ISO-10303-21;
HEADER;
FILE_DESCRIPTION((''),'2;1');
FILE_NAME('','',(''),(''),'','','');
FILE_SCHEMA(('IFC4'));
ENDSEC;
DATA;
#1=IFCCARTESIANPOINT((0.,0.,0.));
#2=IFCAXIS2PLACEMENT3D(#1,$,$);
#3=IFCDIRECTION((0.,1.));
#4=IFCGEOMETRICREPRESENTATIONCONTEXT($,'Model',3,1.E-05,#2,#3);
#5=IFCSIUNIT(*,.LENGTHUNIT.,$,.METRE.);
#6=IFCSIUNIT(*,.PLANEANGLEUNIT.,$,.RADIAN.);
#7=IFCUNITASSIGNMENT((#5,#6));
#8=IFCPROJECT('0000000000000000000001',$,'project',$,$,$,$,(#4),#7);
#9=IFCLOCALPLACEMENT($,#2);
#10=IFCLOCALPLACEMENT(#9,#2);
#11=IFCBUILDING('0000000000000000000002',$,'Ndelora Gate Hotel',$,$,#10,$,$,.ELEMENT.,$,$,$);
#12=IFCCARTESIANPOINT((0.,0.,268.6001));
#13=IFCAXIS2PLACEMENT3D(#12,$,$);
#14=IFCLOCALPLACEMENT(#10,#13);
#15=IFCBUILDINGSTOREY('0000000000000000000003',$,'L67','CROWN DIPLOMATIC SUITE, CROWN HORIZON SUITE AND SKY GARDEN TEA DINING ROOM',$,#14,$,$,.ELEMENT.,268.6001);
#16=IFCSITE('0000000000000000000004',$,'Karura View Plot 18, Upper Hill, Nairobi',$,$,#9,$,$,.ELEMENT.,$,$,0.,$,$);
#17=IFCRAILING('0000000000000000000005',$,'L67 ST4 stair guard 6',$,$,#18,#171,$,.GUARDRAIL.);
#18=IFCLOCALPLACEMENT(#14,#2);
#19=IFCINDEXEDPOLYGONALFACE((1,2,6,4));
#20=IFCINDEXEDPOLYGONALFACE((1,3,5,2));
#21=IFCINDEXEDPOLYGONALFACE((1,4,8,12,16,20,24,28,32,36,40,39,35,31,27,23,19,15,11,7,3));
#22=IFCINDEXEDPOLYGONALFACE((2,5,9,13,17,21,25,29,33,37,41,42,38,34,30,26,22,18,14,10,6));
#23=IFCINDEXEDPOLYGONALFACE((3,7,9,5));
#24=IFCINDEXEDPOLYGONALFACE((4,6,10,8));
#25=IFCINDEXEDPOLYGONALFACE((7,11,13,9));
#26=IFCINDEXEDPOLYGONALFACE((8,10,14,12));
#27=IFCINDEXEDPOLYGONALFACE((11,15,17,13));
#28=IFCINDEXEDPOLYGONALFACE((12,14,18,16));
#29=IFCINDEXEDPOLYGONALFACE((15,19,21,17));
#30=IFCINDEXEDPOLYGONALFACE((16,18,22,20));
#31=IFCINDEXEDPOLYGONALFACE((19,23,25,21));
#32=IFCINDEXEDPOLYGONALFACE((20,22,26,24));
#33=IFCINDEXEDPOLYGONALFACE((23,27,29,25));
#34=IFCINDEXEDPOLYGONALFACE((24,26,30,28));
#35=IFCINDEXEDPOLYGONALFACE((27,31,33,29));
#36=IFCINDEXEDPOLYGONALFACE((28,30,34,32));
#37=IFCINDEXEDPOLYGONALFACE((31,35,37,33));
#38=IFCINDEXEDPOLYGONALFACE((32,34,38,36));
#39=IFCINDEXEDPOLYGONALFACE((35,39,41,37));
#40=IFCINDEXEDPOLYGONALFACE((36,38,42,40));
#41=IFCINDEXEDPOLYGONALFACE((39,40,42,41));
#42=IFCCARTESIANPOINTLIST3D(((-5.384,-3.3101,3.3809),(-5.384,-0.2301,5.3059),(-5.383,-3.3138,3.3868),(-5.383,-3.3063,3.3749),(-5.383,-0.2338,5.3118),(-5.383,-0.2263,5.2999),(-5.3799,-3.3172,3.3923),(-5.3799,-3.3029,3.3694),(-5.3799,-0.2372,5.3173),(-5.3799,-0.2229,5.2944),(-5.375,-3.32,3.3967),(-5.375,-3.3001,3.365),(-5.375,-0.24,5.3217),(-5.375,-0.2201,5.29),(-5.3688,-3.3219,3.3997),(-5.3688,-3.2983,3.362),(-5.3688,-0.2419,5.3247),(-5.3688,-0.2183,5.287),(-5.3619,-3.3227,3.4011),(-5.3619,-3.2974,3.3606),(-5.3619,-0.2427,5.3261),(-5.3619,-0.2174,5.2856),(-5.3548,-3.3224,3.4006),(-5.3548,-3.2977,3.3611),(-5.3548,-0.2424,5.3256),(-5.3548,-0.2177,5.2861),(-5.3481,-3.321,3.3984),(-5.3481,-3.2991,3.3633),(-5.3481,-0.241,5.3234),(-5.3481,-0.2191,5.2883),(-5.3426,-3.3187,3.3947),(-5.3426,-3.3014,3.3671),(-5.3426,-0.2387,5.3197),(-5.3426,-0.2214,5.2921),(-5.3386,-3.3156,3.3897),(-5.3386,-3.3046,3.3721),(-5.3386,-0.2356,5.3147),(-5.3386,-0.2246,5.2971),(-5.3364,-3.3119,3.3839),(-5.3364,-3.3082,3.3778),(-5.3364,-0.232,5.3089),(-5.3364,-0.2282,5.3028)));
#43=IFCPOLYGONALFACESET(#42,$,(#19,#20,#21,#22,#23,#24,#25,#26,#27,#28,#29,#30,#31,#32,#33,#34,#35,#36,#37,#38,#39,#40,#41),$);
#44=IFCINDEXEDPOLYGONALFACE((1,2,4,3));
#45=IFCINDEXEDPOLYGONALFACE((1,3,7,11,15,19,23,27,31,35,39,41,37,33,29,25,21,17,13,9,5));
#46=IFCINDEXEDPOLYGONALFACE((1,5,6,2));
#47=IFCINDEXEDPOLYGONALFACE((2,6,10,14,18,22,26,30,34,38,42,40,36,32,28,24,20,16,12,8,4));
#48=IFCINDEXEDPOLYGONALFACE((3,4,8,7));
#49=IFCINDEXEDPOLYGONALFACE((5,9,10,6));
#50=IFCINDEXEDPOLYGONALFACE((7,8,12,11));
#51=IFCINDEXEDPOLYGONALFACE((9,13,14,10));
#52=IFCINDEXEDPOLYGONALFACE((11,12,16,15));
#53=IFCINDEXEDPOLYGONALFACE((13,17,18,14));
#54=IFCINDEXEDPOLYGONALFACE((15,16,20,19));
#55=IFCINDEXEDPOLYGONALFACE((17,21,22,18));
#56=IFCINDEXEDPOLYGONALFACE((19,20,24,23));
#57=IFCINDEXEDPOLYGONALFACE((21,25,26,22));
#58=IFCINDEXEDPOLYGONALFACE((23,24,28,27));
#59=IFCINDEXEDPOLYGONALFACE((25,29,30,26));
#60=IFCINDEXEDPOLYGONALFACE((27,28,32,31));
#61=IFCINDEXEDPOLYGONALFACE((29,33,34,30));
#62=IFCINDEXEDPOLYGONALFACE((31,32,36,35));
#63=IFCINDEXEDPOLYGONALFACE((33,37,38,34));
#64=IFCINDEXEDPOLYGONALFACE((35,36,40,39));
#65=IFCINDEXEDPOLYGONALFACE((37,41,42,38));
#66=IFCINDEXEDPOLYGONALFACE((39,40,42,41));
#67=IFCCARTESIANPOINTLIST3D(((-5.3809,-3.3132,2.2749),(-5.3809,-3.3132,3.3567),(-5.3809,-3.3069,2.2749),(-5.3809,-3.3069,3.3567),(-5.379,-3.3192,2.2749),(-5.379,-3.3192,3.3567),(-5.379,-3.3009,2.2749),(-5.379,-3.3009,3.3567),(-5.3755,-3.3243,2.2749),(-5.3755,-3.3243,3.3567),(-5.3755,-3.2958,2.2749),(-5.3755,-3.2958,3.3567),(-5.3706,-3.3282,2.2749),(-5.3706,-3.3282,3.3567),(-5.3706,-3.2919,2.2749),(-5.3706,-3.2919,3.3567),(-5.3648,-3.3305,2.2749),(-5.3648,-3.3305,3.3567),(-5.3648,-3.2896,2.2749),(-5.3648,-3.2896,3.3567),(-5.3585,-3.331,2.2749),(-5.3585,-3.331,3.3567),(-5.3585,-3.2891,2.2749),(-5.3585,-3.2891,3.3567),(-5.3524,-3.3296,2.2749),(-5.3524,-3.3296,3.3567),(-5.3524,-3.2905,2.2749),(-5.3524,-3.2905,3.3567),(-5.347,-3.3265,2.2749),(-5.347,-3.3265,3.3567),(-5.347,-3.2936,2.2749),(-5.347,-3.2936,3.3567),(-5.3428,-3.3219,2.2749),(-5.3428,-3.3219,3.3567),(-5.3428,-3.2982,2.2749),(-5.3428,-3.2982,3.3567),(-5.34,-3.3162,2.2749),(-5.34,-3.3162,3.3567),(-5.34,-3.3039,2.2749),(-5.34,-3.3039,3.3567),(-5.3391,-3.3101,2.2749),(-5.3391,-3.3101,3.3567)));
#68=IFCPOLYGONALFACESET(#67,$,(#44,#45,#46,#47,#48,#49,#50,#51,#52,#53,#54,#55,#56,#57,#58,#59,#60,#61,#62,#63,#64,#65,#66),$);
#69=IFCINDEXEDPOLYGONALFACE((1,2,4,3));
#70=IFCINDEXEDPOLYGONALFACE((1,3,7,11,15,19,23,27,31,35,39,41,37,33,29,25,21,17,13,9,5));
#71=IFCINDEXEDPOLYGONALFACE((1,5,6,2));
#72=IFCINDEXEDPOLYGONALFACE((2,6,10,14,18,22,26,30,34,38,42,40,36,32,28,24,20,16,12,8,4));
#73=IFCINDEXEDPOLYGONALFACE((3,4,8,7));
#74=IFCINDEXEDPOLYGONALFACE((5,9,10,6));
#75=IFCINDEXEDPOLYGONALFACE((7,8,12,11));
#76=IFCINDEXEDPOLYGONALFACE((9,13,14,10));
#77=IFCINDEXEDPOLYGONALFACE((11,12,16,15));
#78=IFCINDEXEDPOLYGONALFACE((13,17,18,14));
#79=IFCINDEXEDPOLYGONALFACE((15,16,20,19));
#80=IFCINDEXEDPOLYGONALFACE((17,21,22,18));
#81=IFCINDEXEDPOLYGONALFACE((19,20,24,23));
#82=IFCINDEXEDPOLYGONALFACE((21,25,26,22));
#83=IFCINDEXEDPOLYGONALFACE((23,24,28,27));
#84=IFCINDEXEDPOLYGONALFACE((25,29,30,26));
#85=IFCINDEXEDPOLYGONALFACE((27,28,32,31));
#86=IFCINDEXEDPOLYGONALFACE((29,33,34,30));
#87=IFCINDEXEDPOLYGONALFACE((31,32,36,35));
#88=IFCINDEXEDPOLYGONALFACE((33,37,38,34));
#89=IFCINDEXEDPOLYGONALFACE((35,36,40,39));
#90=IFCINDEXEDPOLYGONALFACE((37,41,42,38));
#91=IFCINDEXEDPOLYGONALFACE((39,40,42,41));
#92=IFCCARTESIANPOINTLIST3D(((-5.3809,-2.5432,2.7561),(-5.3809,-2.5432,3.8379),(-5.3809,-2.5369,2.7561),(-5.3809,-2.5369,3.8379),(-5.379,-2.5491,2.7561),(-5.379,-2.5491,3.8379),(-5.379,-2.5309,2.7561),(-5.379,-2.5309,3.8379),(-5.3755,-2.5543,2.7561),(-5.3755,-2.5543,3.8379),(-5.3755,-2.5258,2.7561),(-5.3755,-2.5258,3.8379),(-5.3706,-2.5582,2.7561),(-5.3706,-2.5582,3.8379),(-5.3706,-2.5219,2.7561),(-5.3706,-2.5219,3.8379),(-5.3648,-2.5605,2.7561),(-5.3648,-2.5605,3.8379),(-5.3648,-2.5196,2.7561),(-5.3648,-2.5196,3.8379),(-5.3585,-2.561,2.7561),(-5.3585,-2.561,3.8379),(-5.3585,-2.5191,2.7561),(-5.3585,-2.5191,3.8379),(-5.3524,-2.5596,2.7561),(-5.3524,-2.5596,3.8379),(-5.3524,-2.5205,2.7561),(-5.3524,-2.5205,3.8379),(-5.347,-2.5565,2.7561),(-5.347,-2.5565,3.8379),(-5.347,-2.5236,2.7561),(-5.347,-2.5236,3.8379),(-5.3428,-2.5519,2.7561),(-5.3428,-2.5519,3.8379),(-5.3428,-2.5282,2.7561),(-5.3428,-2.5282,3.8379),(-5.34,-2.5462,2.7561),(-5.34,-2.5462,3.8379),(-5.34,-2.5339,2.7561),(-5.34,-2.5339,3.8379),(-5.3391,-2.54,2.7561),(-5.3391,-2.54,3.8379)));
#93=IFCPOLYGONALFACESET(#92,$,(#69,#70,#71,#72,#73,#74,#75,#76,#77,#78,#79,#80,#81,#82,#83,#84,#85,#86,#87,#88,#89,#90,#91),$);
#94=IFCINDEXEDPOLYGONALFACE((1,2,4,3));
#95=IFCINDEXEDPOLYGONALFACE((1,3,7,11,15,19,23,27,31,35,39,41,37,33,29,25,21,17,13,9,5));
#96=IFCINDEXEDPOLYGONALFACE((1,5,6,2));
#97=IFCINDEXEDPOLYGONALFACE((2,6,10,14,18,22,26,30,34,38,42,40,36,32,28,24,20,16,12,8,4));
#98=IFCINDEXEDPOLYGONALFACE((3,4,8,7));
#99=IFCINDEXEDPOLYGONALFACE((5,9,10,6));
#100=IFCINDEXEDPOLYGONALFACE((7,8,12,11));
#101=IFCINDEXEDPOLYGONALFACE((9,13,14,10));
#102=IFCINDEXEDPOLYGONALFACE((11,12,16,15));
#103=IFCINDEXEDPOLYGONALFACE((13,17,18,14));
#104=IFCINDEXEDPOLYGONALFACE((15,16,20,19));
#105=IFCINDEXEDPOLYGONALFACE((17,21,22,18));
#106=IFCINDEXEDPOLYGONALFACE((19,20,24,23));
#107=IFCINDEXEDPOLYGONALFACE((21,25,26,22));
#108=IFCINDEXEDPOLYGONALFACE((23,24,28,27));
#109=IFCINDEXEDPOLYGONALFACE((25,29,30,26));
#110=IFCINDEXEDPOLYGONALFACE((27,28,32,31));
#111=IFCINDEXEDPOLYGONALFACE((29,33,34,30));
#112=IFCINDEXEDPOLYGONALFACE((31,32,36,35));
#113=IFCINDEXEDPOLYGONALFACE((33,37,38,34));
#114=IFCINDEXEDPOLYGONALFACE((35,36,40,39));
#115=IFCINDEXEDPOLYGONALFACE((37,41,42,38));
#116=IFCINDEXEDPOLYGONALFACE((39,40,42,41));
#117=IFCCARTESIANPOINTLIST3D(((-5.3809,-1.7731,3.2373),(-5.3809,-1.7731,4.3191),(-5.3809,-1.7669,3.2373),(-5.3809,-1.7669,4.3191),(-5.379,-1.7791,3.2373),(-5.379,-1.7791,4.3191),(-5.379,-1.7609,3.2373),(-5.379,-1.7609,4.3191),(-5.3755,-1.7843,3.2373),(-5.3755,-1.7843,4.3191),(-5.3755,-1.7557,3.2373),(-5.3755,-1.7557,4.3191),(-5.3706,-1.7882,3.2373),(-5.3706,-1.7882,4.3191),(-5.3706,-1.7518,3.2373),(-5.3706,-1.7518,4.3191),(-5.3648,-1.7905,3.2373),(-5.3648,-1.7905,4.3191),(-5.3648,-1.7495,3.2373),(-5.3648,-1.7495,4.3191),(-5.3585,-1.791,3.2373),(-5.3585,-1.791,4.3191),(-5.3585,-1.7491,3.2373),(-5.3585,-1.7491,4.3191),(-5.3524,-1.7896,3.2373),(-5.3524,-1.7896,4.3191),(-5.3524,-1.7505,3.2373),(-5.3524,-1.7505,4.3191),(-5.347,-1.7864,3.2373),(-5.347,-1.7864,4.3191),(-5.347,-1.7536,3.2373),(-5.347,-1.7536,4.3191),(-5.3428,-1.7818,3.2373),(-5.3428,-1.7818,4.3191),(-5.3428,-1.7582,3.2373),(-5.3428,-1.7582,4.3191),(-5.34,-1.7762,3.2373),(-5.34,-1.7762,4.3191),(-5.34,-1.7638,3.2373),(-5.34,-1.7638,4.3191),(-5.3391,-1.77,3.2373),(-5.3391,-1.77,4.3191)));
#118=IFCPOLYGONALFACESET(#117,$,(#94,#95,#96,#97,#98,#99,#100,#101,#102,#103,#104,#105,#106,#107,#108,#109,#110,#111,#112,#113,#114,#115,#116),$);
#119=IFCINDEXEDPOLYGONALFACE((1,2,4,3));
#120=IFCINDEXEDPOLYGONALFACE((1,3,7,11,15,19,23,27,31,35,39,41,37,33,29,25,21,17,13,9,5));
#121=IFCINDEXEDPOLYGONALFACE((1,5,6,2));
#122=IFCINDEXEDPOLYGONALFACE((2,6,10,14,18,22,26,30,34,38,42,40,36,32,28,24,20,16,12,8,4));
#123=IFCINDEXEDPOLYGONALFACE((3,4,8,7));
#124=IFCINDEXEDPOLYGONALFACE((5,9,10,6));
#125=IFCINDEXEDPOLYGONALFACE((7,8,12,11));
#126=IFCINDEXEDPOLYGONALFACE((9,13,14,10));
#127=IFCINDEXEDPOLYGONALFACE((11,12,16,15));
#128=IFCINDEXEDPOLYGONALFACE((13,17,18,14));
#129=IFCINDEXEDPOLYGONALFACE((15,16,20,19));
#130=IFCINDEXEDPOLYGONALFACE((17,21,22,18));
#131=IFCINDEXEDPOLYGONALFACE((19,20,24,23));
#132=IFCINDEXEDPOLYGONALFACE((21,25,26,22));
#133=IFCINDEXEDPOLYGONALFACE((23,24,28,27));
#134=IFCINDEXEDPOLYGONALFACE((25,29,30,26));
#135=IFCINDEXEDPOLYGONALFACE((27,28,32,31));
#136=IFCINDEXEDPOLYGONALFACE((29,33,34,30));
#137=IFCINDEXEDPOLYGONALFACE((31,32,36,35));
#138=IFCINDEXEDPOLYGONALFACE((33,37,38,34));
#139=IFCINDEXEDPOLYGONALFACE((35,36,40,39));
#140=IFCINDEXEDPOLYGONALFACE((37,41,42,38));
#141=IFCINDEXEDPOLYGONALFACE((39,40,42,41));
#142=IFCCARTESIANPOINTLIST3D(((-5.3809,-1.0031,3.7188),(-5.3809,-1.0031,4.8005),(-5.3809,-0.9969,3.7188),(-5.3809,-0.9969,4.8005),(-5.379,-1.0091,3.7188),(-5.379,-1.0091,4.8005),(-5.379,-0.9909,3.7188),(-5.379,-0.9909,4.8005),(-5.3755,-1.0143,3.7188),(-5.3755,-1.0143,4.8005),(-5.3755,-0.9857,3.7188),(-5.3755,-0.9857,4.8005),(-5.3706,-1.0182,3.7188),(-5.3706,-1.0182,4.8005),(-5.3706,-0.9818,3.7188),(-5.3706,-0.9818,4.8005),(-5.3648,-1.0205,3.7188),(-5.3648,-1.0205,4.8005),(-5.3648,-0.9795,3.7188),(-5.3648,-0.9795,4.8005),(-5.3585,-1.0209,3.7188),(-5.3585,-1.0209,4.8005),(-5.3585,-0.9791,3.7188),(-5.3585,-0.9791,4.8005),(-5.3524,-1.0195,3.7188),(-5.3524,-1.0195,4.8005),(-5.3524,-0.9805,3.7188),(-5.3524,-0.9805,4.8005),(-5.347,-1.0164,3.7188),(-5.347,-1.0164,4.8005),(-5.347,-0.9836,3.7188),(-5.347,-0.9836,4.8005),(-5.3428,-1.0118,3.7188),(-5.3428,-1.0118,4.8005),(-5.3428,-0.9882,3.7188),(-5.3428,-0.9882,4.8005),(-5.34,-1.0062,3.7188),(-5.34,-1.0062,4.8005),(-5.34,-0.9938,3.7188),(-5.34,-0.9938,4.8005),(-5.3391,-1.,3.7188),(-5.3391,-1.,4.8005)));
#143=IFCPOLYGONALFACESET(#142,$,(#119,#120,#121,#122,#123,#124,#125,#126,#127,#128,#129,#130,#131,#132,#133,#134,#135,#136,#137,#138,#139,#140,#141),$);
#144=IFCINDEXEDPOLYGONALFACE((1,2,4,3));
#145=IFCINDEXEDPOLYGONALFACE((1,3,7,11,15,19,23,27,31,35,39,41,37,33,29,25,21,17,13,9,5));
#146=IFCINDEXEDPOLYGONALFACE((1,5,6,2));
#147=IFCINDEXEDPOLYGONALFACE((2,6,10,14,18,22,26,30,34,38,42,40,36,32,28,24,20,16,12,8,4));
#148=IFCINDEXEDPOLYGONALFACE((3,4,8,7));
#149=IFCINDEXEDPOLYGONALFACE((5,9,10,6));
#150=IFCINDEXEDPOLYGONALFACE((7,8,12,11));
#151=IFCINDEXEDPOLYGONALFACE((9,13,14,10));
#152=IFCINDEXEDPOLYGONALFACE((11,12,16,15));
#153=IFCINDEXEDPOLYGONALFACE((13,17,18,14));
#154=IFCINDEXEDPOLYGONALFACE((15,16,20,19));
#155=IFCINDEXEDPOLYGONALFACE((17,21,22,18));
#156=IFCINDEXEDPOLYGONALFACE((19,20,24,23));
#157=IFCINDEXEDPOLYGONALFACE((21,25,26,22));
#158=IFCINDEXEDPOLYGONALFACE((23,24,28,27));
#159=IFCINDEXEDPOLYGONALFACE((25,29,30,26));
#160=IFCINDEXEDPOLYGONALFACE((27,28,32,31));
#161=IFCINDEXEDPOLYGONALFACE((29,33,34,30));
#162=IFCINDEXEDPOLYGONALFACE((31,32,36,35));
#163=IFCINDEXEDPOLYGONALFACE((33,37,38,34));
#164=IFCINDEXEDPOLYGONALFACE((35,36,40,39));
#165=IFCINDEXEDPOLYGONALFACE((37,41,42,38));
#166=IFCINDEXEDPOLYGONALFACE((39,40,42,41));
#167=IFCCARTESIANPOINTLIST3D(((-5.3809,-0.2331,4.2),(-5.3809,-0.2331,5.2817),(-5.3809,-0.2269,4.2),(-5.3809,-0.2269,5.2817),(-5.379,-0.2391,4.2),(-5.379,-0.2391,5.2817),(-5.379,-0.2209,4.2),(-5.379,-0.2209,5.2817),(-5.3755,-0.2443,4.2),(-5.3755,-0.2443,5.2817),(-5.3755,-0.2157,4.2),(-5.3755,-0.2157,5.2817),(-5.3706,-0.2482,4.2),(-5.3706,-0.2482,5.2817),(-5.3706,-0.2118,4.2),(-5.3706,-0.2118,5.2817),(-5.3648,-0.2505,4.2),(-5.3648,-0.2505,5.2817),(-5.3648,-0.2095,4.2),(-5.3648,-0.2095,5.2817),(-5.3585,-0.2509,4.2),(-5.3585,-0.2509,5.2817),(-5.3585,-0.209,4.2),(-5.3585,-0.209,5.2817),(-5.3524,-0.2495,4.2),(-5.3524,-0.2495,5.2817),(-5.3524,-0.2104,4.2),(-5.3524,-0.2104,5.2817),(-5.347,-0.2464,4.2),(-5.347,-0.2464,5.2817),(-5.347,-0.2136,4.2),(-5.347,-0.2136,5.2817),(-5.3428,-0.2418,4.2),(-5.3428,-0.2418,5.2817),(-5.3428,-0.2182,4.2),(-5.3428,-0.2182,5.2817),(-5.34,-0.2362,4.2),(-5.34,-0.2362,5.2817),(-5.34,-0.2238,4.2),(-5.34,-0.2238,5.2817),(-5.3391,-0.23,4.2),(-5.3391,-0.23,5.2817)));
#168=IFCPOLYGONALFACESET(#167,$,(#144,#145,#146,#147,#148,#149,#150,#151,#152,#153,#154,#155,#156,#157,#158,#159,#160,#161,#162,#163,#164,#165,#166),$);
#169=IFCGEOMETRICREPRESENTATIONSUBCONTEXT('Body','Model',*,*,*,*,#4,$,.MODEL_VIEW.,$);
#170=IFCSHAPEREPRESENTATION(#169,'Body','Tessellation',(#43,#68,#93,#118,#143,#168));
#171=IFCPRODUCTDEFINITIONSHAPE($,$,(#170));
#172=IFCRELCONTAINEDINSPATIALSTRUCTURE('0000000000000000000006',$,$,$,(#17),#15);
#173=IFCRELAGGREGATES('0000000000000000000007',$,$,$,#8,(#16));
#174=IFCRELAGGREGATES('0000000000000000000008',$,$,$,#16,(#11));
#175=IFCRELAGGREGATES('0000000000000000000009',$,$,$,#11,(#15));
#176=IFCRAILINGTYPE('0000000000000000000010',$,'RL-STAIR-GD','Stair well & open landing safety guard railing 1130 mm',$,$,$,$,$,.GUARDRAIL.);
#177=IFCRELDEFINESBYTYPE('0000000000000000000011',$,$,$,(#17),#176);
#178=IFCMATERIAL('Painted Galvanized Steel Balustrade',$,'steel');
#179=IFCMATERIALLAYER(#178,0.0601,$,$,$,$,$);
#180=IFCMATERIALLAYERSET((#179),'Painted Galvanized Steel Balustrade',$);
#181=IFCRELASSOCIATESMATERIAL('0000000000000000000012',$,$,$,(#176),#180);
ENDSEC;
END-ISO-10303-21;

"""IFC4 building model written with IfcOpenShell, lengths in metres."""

from ifc_helpers import new_model, si_unit, direction, frame, origin, origin_2d, place, context, subcontext, project, spatial, circle, extrude, material, layer, layer_set, type_object, element, save


model = new_model("IFC4")

# Units and contexts
model_context = context("Model", 3, precision=1e-05, world=origin(), true_north=direction((0.0, 1.0)))
body_context = subcontext(model_context, "Body", "Model", "MODEL_VIEW")
ifc_project = project(units=[si_unit("LENGTHUNIT", "METRE"), si_unit("PLANEANGLEUNIT", "RADIAN")], contexts=[model_context])

# Site, building, storey
site_placement = place(None, origin())
site = spatial("IfcSite", under=ifc_project, at=site_placement, Name="Karura View Plot 18, Upper Hill, Nairobi", CompositionType="ELEMENT", RefElevation=0.0)
building_placement = place(site_placement, origin())
building = spatial("IfcBuilding", under=site, at=building_placement, Name="Ndelora Gate Hotel", CompositionType="ELEMENT")
storey_placement = place(building_placement, frame((0.0, 0.0, 268.6001)))
storey = spatial("IfcBuildingStorey", under=building, at=storey_placement, Name="L67", Description="CROWN DIPLOMATIC SUITE, CROWN HORIZON SUITE AND SKY GARDEN TEA DINING ROOM", CompositionType="ELEMENT", Elevation=268.6001)

# Railing
ifc_material_1 = material(Name="Painted Galvanized Steel Balustrade", Category="steel")
ifc_layer_1 = layer(ifc_material_1, 0.0601)
ifc_layer_set_1 = layer_set([ifc_layer_1], Name="Painted Galvanized Steel Balustrade")
railing_type_1 = type_object("IfcRailingType", Name="RL-STAIR-GD", Description="Stair well & open landing safety guard railing 1130 mm", PredefinedType="GUARDRAIL", material=ifc_layer_set_1)
railing_1_placement = place(storey_placement, frame((-5.3601, -3.3101, 2.2749)))
element("IfcRailing", 1, at=railing_1_placement, inside=storey, type_object=railing_type_1, Name="L67 ST4 stair guard 6", PredefinedType="GUARDRAIL", context=body_context, shape_type="SweptSolid", body=[
    extrude(circle(Radius=0.0239, at=origin_2d()), frame((0.0, 0.0, 1.106), z_axis=(0.0, 0.847998, 0.529999), x_axis=(-1.0, 0.0, 0.0)), (0.0, 0.0, 1.0), 3.6321),
    extrude(circle(Radius=0.021, at=origin_2d()), origin(), (0.0, 0.0, 1.0), 1.0818),
    extrude(circle(Radius=0.021, at=origin_2d()), frame((0.0, 0.77, 0.4812)), (0.0, 0.0, 1.0), 1.0818),
    extrude(circle(Radius=0.021, at=origin_2d()), frame((0.0, 1.54, 0.9624)), (0.0, 0.0, 1.0), 1.0818),
    extrude(circle(Radius=0.021, at=origin_2d()), frame((0.0, 2.3101, 1.4438)), (0.0, 0.0, 1.0), 1.0818),
    extrude(circle(Radius=0.021, at=origin_2d()), frame((0.0, 3.0801, 1.925)), (0.0, 0.0, 1.0), 1.0818),
])

save(model, "model.ifc")
